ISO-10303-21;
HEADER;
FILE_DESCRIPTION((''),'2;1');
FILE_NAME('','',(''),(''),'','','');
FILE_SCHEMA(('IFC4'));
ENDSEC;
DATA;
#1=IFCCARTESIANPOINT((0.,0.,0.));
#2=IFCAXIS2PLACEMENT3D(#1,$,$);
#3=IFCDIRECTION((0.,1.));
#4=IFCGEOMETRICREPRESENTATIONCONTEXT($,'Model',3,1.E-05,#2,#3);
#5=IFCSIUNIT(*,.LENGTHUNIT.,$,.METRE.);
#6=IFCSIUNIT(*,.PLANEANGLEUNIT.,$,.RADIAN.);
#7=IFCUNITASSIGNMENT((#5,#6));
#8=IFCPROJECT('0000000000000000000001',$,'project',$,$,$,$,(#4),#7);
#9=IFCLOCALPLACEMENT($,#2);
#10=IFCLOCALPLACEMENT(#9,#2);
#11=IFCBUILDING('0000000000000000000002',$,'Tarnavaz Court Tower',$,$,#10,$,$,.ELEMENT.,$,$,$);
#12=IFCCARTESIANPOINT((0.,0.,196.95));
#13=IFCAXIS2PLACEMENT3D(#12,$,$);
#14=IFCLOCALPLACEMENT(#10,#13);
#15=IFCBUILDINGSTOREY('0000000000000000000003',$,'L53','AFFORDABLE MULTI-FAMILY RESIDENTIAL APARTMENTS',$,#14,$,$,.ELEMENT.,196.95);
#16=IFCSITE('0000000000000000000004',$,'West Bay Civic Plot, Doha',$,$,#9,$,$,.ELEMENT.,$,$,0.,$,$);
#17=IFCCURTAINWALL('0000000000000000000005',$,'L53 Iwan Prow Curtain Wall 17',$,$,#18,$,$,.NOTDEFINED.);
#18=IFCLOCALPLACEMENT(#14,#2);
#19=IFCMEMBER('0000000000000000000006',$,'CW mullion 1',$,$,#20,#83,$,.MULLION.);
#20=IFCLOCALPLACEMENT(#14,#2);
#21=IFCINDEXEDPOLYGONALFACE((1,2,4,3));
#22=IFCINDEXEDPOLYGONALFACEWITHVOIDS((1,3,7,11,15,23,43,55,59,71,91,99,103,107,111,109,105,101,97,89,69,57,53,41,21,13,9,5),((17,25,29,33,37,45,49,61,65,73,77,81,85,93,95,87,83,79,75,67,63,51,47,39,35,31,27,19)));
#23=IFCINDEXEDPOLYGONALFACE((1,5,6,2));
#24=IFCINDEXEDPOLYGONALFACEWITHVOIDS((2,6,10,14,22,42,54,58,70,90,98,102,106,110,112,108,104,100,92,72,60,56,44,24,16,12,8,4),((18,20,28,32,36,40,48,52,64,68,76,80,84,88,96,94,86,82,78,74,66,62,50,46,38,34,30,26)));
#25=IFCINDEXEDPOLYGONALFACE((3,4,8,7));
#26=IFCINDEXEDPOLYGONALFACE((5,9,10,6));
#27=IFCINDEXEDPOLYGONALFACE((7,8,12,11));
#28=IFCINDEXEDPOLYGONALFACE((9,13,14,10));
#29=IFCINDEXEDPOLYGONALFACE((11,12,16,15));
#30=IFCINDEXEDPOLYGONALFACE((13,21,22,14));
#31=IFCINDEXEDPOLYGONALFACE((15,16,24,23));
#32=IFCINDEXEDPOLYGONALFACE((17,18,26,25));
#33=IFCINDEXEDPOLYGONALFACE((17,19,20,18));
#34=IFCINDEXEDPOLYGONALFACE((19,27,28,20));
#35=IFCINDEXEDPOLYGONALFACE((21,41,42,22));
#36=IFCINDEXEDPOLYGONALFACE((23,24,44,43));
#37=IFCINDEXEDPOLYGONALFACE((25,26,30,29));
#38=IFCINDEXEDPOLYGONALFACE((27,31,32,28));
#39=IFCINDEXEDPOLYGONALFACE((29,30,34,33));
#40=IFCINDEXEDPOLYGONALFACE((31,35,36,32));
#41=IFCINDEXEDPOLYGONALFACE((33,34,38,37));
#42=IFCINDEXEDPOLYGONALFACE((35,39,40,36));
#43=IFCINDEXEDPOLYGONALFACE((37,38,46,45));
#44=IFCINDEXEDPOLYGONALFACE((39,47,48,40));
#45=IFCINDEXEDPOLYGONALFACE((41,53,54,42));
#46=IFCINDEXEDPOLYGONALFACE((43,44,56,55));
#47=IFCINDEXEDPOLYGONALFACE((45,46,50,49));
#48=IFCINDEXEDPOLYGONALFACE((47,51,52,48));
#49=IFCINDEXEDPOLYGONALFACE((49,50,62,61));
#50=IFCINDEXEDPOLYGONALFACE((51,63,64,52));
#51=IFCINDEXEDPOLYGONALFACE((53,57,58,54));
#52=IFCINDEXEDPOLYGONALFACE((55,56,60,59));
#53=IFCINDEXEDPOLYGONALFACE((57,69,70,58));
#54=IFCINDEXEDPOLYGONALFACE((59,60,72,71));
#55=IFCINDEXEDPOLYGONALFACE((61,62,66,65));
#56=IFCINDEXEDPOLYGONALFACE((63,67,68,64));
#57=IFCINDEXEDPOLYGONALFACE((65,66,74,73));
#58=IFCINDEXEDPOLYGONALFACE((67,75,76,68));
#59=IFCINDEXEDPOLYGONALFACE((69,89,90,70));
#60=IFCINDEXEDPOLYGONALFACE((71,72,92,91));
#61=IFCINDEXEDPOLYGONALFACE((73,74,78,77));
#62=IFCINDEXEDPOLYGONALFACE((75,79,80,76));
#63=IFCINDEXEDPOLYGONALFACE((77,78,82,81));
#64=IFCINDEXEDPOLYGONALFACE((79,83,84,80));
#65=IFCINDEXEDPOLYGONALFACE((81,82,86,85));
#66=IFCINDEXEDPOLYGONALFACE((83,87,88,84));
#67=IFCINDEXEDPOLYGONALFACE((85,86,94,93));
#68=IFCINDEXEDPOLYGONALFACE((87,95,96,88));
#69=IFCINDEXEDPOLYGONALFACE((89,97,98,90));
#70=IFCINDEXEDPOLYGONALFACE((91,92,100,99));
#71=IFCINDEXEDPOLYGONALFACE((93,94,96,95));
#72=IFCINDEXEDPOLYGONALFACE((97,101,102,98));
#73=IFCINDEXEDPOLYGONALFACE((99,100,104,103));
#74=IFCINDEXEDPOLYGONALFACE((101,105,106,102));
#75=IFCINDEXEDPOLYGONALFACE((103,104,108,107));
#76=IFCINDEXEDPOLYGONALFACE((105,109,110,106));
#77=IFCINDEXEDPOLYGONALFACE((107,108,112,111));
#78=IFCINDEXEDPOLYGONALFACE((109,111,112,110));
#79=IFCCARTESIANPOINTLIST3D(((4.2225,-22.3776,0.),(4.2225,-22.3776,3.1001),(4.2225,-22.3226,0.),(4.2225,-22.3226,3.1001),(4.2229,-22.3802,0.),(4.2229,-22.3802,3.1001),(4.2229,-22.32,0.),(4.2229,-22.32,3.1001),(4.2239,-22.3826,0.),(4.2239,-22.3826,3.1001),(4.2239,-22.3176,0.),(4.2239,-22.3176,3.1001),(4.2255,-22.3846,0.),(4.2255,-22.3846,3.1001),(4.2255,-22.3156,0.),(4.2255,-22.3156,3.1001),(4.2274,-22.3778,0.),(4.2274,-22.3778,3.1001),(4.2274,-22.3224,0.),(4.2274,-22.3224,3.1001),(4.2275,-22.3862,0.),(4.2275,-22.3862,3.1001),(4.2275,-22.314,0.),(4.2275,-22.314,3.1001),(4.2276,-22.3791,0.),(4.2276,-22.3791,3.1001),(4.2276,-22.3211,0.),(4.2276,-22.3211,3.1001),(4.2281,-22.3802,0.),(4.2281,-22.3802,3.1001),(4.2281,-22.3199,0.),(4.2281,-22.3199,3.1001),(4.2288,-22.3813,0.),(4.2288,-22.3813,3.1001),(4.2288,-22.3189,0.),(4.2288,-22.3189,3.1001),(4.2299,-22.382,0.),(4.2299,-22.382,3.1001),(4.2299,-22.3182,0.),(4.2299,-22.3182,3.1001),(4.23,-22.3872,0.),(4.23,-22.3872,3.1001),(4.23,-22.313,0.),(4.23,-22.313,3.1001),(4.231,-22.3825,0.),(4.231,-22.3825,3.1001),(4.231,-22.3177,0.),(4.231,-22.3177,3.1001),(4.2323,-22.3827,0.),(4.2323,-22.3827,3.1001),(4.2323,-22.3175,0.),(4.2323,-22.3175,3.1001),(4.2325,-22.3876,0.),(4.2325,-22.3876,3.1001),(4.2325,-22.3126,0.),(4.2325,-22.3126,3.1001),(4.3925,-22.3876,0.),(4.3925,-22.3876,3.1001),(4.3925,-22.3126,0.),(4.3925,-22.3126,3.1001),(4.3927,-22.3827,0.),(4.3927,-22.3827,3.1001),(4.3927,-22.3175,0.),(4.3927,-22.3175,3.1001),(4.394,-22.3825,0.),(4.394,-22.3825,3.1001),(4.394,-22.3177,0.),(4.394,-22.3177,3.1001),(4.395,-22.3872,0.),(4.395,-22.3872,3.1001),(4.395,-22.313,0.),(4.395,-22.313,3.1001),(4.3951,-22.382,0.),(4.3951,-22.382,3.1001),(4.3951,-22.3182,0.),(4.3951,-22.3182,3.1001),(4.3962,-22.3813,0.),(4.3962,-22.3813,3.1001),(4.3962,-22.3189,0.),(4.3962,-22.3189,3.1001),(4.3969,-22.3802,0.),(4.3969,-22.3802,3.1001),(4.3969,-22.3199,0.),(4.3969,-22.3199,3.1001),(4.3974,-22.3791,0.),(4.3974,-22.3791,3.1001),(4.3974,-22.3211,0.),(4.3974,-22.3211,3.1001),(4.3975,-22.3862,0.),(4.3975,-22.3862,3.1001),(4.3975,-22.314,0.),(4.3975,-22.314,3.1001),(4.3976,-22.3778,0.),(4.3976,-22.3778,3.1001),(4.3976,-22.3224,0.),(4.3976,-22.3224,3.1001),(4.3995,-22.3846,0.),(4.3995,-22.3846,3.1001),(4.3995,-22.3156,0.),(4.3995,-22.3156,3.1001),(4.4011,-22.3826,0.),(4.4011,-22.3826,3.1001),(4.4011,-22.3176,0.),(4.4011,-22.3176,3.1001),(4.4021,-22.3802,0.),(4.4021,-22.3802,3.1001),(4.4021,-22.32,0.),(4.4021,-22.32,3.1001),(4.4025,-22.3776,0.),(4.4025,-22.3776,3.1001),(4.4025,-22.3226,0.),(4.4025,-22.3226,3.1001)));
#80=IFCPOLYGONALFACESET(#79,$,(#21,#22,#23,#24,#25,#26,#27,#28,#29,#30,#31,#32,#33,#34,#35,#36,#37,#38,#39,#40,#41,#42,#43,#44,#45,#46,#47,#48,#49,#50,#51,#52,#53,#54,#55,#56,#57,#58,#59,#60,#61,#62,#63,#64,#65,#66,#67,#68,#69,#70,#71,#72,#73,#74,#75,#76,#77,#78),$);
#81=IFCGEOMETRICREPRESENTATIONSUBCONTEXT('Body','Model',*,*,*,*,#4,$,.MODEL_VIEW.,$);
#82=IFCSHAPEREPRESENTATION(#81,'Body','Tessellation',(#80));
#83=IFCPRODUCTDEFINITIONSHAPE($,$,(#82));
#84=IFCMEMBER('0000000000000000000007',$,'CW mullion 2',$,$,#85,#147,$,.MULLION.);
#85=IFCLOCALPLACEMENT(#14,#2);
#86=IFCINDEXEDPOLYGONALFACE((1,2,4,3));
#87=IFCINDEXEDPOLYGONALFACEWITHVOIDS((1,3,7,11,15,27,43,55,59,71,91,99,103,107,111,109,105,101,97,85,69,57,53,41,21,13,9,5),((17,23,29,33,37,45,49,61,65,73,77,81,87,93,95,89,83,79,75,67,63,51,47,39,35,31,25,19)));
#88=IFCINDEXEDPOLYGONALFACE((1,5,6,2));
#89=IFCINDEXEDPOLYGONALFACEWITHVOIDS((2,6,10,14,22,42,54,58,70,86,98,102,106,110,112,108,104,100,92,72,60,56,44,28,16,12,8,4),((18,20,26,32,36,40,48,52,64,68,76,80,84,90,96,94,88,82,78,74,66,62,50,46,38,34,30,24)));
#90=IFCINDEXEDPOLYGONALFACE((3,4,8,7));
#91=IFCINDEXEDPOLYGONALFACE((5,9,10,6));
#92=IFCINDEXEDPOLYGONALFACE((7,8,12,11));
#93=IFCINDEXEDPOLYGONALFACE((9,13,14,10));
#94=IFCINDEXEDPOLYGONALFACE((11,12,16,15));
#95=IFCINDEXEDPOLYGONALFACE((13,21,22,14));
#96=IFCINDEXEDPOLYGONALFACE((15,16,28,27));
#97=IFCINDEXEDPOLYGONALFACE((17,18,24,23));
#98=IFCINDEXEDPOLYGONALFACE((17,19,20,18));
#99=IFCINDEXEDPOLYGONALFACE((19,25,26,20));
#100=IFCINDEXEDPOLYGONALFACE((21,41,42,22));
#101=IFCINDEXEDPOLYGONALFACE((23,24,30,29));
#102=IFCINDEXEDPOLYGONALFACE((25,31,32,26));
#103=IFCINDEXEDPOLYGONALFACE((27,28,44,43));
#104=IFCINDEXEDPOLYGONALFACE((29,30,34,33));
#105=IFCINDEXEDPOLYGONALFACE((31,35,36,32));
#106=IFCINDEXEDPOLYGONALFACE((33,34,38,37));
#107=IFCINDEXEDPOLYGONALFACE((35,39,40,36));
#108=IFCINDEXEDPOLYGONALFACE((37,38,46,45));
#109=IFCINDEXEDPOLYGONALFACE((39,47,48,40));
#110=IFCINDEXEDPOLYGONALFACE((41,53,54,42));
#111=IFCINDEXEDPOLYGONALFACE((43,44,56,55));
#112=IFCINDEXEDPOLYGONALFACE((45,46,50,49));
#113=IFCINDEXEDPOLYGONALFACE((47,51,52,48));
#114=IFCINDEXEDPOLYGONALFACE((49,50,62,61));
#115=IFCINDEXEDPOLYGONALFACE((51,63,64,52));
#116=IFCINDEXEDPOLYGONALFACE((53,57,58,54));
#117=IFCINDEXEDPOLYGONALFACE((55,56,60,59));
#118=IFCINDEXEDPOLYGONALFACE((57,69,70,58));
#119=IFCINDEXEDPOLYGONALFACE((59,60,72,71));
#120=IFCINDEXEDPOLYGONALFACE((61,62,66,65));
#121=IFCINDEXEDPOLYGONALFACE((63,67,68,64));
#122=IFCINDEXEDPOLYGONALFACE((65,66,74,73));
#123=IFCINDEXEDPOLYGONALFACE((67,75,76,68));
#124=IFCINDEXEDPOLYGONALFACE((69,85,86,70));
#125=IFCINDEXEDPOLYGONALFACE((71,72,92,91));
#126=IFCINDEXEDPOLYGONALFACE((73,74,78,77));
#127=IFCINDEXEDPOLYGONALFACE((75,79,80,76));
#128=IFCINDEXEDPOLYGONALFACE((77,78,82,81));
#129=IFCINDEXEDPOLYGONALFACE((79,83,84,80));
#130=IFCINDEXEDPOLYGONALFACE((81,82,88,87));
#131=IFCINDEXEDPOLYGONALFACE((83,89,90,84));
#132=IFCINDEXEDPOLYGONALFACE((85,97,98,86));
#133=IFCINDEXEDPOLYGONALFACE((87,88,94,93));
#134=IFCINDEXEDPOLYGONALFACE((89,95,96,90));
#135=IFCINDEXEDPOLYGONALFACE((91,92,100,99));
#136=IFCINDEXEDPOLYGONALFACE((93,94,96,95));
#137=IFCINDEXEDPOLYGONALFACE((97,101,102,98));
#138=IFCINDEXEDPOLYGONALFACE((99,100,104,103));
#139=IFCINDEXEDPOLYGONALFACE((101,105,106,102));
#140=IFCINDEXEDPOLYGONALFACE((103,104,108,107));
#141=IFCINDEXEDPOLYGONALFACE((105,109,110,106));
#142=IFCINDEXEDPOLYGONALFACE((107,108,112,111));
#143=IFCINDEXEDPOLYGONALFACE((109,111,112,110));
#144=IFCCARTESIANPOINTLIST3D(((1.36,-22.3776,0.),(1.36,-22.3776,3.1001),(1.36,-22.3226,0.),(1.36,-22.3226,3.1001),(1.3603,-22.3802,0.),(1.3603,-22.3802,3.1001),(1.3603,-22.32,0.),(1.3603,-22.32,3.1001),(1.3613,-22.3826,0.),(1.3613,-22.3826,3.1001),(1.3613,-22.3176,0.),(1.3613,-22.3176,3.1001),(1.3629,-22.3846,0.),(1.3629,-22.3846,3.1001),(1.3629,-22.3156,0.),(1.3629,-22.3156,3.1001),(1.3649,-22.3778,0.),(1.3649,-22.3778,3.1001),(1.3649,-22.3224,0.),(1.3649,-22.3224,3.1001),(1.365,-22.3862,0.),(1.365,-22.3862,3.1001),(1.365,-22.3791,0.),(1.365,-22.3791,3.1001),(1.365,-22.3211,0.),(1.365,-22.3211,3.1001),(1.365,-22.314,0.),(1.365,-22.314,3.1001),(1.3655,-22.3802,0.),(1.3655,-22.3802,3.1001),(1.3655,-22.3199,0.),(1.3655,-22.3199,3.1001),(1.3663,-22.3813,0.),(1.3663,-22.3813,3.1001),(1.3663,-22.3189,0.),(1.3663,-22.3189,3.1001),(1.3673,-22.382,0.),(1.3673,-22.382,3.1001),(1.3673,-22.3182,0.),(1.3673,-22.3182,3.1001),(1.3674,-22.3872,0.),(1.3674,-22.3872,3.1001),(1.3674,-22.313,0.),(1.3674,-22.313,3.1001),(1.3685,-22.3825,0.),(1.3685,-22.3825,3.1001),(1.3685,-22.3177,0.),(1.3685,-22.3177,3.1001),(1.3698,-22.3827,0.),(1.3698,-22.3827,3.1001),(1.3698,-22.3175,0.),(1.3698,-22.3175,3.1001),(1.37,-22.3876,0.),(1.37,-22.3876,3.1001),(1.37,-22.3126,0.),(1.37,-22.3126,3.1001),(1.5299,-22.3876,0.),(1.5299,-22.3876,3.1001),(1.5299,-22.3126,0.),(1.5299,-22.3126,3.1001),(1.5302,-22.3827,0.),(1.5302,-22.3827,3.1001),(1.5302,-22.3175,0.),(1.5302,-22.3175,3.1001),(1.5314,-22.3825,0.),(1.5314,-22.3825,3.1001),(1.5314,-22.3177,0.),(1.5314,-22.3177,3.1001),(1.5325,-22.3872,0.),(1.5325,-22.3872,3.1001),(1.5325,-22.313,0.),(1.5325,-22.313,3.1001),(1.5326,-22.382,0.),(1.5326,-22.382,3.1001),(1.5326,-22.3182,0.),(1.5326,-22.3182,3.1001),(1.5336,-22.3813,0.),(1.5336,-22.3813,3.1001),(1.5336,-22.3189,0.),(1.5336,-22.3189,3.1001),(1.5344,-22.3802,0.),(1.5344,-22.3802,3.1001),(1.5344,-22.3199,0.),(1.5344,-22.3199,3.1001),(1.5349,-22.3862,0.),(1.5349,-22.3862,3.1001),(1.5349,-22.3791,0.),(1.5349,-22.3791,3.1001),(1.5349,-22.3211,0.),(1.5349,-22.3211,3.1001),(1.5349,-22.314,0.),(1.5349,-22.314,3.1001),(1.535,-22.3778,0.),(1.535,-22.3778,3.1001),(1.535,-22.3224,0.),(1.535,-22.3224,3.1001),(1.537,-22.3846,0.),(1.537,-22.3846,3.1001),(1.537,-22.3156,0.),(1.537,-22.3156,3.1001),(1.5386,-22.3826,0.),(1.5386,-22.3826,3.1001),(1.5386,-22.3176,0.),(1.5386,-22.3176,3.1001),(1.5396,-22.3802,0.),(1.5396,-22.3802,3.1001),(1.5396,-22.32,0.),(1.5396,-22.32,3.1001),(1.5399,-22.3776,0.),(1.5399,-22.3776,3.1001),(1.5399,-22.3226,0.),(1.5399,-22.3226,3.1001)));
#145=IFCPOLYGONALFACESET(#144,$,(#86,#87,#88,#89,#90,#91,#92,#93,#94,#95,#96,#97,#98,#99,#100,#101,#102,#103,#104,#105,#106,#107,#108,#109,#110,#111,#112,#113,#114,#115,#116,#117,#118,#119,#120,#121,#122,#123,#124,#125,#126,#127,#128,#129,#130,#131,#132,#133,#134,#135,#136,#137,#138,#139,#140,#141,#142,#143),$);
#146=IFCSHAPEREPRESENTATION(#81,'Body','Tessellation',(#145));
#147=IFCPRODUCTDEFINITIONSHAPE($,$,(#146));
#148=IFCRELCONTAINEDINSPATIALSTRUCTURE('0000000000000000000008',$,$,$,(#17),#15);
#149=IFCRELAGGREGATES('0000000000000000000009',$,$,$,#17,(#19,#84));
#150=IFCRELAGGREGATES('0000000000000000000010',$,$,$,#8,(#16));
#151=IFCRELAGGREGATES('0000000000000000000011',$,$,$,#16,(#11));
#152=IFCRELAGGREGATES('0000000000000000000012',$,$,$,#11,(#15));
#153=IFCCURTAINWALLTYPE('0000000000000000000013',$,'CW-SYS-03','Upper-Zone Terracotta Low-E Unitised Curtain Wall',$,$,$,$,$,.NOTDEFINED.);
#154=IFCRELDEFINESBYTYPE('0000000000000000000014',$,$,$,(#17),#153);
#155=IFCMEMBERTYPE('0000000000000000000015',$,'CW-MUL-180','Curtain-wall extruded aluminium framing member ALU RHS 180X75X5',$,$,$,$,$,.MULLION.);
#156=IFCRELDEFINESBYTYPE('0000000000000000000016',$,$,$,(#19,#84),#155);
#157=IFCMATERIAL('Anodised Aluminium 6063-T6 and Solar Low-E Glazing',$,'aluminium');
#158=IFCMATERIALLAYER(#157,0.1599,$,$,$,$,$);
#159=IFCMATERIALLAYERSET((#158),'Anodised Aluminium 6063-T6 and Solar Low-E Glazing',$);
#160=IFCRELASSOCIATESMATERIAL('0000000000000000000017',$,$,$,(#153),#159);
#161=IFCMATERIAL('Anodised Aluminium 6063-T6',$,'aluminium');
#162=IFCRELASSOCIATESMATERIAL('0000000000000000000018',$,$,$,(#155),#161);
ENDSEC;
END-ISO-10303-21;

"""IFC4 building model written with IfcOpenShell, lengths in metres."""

from ifc_helpers import new_model, si_unit, direction, frame, origin, origin_2d, place, context, subcontext, project, spatial, hollow_rectangle, extrude, material, layer, layer_set, material_profile, profile_set, type_object, element, aggregate, save


model = new_model("IFC4")

# Units and contexts
model_context = context("Model", 3, precision=1e-05, world=origin(), true_north=direction((0.0, 1.0)))
body_context = subcontext(model_context, "Body", "Model", "MODEL_VIEW")
ifc_project = project(units=[si_unit("LENGTHUNIT", "METRE"), si_unit("PLANEANGLEUNIT", "RADIAN")], contexts=[model_context])

# Site, building, storey
site_placement = place(None, origin())
site = spatial("IfcSite", under=ifc_project, at=site_placement, Name="West Bay Civic Plot, Doha", CompositionType="ELEMENT", RefElevation=0.0)
building_placement = place(site_placement, origin())
building = spatial("IfcBuilding", under=site, at=building_placement, Name="Tarnavaz Court Tower", CompositionType="ELEMENT")
storey_placement = place(building_placement, frame((0.0, 0.0, 196.95)))
storey = spatial("IfcBuildingStorey", under=building, at=storey_placement, Name="L53", Description="AFFORDABLE MULTI-FAMILY RESIDENTIAL APARTMENTS", CompositionType="ELEMENT", Elevation=196.95)

# Curtain wall, members
ifc_material_1 = material(Name="Anodised Aluminium 6063-T6 and Solar Low-E Glazing", Category="aluminium")
ifc_layer_1 = layer(ifc_material_1, 0.1599)
ifc_layer_set_1 = layer_set([ifc_layer_1], Name="Anodised Aluminium 6063-T6 and Solar Low-E Glazing")
curtain_wall_type = type_object("IfcCurtainWallType", Name="CW-SYS-03", Description="Upper-Zone Terracotta Low-E Unitised Curtain Wall", PredefinedType="NOTDEFINED", material=ifc_layer_set_1)
curtain_wall_placement = place(storey_placement, origin())
curtain_wall = element("IfcCurtainWall", 1, at=curtain_wall_placement, inside=storey, type_object=curtain_wall_type, Name="L53 Iwan Prow Curtain Wall 17", PredefinedType="NOTDEFINED")
ifc_material_2 = material(Name="Anodised Aluminium 6063-T6", Category="aluminium")
ifc_material_profile_1 = material_profile(ifc_material_2, hollow_rectangle(XDim=0.075, YDim=0.1799, WallThickness=0.0049, InnerFilletRadius=0.0049, OuterFilletRadius=0.01, at=origin_2d()), Name="ALU RHS 180X75X5")
ifc_profile_set_1 = profile_set([ifc_material_profile_1], Name="Anodised Aluminium 6063-T6")
member_type_1 = type_object("IfcMemberType", Name="CW-MUL-180", Description="Curtain-wall extruded aluminium framing member ALU RHS 180X75X5", PredefinedType="MULLION", material=ifc_profile_set_1)
member_1_placement = place(storey_placement, frame((4.3125, -22.3501, 0.0), z_axis=(0.0, 0.0, 1.0), x_axis=(0.0, -1.0, 0.0)))
member_1 = element("IfcMember", 2, at=member_1_placement, type_object=member_type_1, Name="CW mullion 1", PredefinedType="MULLION", context=body_context, shape_type="SweptSolid", body=[
    extrude(hollow_rectangle(XDim=0.075, YDim=0.1799, WallThickness=0.0049, InnerFilletRadius=0.0049, OuterFilletRadius=0.01, at=origin_2d()), origin(), (0.0, 0.0, 1.0), 3.1001),
])
member_2_placement = place(storey_placement, frame((1.45, -22.3501, 0.0), z_axis=(0.0, 0.0, 1.0), x_axis=(0.0, -1.0, 0.0)))
member_2 = element("IfcMember", 3, at=member_2_placement, type_object=member_type_1, Name="CW mullion 2", PredefinedType="MULLION", context=body_context, shape_type="SweptSolid", body=[
    extrude(hollow_rectangle(XDim=0.075, YDim=0.1799, WallThickness=0.0049, InnerFilletRadius=0.0049, OuterFilletRadius=0.01, at=origin_2d()), origin(), (0.0, 0.0, 1.0), 3.1001),
])
aggregate(curtain_wall, [member_1, member_2])

save(model, "model.ifc")
